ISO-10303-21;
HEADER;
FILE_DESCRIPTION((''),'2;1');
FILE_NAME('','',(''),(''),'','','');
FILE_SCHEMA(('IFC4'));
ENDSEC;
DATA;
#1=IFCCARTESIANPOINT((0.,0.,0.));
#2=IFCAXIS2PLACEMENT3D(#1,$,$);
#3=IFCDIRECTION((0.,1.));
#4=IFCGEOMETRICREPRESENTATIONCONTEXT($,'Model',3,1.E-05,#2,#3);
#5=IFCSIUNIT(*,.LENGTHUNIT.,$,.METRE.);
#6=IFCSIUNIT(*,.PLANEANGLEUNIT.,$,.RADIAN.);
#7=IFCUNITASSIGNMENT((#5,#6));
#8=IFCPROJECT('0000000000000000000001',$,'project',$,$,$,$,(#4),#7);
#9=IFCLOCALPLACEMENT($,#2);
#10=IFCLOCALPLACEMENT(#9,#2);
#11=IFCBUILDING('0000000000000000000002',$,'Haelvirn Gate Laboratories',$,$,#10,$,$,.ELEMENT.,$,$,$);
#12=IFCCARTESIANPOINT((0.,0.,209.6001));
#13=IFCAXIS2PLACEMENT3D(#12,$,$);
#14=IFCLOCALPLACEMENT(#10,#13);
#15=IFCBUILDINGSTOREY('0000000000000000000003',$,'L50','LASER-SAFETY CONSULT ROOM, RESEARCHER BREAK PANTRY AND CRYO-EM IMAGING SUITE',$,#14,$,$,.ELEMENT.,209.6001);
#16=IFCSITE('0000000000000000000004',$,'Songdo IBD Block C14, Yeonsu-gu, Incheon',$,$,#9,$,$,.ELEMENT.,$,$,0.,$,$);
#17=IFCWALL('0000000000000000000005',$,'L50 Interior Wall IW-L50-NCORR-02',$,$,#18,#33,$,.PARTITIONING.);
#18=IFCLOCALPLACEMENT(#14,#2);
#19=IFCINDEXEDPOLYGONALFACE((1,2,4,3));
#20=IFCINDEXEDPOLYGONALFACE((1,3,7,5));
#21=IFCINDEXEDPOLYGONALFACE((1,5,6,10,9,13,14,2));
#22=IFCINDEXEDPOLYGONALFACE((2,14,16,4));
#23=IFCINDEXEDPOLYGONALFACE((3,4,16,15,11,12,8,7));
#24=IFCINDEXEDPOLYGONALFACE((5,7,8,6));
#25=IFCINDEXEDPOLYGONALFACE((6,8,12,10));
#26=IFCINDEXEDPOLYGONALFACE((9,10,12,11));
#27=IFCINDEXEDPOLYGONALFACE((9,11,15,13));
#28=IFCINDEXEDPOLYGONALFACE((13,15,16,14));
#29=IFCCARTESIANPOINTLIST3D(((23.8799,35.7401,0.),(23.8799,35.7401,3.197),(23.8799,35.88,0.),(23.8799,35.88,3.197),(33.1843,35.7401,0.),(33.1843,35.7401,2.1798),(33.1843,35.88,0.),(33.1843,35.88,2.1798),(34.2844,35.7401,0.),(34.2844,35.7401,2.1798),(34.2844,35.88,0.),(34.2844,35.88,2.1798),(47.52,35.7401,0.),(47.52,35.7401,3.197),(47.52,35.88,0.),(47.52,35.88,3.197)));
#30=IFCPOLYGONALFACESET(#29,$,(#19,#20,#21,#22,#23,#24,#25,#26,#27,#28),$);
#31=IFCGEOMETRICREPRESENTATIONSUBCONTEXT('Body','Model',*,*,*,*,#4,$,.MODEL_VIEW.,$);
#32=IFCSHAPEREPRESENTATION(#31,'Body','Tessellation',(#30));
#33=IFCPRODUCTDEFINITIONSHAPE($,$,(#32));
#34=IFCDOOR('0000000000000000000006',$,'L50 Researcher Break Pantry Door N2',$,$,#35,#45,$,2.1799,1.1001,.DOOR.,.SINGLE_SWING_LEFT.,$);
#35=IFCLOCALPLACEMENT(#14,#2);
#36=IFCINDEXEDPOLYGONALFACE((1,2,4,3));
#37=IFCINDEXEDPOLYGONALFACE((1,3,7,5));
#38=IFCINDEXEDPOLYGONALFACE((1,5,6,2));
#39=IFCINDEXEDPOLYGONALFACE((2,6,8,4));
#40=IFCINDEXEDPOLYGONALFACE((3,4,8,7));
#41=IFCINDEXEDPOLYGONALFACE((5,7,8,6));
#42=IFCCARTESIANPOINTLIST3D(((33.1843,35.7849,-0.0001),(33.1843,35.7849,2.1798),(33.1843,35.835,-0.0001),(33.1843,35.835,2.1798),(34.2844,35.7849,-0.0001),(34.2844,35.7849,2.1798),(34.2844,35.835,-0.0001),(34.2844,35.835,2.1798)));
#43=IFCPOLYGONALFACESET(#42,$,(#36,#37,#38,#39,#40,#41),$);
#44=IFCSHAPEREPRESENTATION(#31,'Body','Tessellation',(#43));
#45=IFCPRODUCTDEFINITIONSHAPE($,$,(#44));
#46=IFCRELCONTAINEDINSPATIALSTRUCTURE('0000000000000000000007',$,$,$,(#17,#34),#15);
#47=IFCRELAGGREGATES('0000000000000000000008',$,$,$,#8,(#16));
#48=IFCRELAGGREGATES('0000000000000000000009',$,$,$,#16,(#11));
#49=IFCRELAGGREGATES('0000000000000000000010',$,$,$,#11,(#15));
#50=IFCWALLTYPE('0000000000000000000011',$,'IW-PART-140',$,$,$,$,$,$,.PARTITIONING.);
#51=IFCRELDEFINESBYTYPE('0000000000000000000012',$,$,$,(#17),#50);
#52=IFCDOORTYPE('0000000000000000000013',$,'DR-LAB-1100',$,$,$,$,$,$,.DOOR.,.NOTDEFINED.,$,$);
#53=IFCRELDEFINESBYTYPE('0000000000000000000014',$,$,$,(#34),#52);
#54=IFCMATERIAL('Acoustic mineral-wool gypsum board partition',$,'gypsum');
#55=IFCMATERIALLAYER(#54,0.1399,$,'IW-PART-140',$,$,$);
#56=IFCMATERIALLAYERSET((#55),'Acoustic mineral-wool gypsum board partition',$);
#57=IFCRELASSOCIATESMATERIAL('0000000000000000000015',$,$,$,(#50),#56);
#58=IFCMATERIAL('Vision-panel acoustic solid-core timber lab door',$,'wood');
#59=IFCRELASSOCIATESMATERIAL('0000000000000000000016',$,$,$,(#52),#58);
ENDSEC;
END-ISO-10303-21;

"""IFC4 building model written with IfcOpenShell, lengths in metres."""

from ifc_helpers import new_model, si_unit, direction, frame, frame_2d, origin, place, context, subcontext, project, spatial, rectangle, extrude, source, transform, mapped, material, layer, layer_set, type_object, type_shapes, element, fill, save


model = new_model("IFC4")

# Units and contexts
model_context = context("Model", 3, precision=1e-05, world=origin(), true_north=direction((0.0, 1.0)))
body_context = subcontext(model_context, "Body", "Model", "MODEL_VIEW")
ifc_project = project(units=[si_unit("LENGTHUNIT", "METRE"), si_unit("PLANEANGLEUNIT", "RADIAN")], contexts=[model_context])

# Site, building, storey
site_placement = place(None, origin())
site = spatial("IfcSite", under=ifc_project, at=site_placement, Name="Songdo IBD Block C14, Yeonsu-gu, Incheon", CompositionType="ELEMENT", RefElevation=0.0)
building_placement = place(site_placement, origin())
building = spatial("IfcBuilding", under=site, at=building_placement, Name="Haelvirn Gate Laboratories", CompositionType="ELEMENT")
storey_placement = place(building_placement, frame((0.0, 0.0, 209.6001)))
storey = spatial("IfcBuildingStorey", under=building, at=storey_placement, Name="L50", Description="LASER-SAFETY CONSULT ROOM, RESEARCHER BREAK PANTRY AND CRYO-EM IMAGING SUITE", CompositionType="ELEMENT", Elevation=209.6001)

# Wall, opening, door
ifc_material_1 = material(Name="Acoustic mineral-wool gypsum board partition", Category="gypsum")
ifc_layer_1 = layer(ifc_material_1, 0.1399, Name="IW-PART-140")
ifc_layer_set_1 = layer_set([ifc_layer_1], Name="Acoustic mineral-wool gypsum board partition")
wall_type_1 = type_object("IfcWallType", Name="IW-PART-140", PredefinedType="PARTITIONING", material=ifc_layer_set_1)
wall_1_placement = place(storey_placement, frame((23.8799, 35.8101, 0.0), z_axis=(0.0, 0.0, 1.0), x_axis=(1.0, 0.0, 0.0)))
wall_1 = element("IfcWall", 1, at=wall_1_placement, inside=storey, type_object=wall_type_1, Name="L50 Interior Wall IW-L50-NCORR-02", PredefinedType="PARTITIONING", context=body_context, shape_type="SweptSolid", body=[
    extrude(rectangle(XDim=23.6401, YDim=0.1399, at=frame_2d((11.8201, 0.0))), origin(), (0.0, 0.0, 1.0), 3.197),
])
opening_placement = place(wall_1_placement, frame((9.3044, 0.0, 0.0)))
opening = element("IfcOpeningElement", 2, at=opening_placement, cuts=wall_1, PredefinedType="OPENING", context=body_context, shape_type="SweptSolid", body=[
    extrude(rectangle(XDim=1.1001, YDim=2.1799, at=frame_2d((0.55, 1.0898))), frame((0.0, 0.0801, 0.0), z_axis=(0.0, -1.0, 0.0), x_axis=(1.0, 0.0, 0.0)), (0.0, 0.0, 1.0), 0.1599),
])
ifc_material_2 = material(Name="Vision-panel acoustic solid-core timber lab door", Category="wood")
door_type = type_object("IfcDoorType", Name="DR-LAB-1100", OperationType="NOTDEFINED", PredefinedType="DOOR", material=ifc_material_2)
shared_shape_1 = source(origin(), body_context, "Body", "SweptSolid", [
    extrude(rectangle(XDim=1.1001, YDim=2.1799, at=frame_2d((0.55, 1.0898))), frame((0.0, 0.0249, 0.0), z_axis=(0.0, -1.0, 0.0), x_axis=(1.0, 0.0, 0.0)), (0.0, 0.0, 1.0), 0.05),
])
type_shapes(door_type, [shared_shape_1])
door_placement = place(opening_placement, origin())
door = element("IfcDoor", 3, at=door_placement, inside=storey, type_object=door_type, Name="L50 Researcher Break Pantry Door N2", OperationType="SINGLE_SWING_LEFT", OverallHeight=2.1799, OverallWidth=1.1001, PredefinedType="DOOR", context=body_context, shape_type="MappedRepresentation", body=[
    mapped(shared_shape_1, transform((0.0, 0.0, 0.0), scale=1.0)),
])
fill(opening, door)

save(model, "model.ifc")
